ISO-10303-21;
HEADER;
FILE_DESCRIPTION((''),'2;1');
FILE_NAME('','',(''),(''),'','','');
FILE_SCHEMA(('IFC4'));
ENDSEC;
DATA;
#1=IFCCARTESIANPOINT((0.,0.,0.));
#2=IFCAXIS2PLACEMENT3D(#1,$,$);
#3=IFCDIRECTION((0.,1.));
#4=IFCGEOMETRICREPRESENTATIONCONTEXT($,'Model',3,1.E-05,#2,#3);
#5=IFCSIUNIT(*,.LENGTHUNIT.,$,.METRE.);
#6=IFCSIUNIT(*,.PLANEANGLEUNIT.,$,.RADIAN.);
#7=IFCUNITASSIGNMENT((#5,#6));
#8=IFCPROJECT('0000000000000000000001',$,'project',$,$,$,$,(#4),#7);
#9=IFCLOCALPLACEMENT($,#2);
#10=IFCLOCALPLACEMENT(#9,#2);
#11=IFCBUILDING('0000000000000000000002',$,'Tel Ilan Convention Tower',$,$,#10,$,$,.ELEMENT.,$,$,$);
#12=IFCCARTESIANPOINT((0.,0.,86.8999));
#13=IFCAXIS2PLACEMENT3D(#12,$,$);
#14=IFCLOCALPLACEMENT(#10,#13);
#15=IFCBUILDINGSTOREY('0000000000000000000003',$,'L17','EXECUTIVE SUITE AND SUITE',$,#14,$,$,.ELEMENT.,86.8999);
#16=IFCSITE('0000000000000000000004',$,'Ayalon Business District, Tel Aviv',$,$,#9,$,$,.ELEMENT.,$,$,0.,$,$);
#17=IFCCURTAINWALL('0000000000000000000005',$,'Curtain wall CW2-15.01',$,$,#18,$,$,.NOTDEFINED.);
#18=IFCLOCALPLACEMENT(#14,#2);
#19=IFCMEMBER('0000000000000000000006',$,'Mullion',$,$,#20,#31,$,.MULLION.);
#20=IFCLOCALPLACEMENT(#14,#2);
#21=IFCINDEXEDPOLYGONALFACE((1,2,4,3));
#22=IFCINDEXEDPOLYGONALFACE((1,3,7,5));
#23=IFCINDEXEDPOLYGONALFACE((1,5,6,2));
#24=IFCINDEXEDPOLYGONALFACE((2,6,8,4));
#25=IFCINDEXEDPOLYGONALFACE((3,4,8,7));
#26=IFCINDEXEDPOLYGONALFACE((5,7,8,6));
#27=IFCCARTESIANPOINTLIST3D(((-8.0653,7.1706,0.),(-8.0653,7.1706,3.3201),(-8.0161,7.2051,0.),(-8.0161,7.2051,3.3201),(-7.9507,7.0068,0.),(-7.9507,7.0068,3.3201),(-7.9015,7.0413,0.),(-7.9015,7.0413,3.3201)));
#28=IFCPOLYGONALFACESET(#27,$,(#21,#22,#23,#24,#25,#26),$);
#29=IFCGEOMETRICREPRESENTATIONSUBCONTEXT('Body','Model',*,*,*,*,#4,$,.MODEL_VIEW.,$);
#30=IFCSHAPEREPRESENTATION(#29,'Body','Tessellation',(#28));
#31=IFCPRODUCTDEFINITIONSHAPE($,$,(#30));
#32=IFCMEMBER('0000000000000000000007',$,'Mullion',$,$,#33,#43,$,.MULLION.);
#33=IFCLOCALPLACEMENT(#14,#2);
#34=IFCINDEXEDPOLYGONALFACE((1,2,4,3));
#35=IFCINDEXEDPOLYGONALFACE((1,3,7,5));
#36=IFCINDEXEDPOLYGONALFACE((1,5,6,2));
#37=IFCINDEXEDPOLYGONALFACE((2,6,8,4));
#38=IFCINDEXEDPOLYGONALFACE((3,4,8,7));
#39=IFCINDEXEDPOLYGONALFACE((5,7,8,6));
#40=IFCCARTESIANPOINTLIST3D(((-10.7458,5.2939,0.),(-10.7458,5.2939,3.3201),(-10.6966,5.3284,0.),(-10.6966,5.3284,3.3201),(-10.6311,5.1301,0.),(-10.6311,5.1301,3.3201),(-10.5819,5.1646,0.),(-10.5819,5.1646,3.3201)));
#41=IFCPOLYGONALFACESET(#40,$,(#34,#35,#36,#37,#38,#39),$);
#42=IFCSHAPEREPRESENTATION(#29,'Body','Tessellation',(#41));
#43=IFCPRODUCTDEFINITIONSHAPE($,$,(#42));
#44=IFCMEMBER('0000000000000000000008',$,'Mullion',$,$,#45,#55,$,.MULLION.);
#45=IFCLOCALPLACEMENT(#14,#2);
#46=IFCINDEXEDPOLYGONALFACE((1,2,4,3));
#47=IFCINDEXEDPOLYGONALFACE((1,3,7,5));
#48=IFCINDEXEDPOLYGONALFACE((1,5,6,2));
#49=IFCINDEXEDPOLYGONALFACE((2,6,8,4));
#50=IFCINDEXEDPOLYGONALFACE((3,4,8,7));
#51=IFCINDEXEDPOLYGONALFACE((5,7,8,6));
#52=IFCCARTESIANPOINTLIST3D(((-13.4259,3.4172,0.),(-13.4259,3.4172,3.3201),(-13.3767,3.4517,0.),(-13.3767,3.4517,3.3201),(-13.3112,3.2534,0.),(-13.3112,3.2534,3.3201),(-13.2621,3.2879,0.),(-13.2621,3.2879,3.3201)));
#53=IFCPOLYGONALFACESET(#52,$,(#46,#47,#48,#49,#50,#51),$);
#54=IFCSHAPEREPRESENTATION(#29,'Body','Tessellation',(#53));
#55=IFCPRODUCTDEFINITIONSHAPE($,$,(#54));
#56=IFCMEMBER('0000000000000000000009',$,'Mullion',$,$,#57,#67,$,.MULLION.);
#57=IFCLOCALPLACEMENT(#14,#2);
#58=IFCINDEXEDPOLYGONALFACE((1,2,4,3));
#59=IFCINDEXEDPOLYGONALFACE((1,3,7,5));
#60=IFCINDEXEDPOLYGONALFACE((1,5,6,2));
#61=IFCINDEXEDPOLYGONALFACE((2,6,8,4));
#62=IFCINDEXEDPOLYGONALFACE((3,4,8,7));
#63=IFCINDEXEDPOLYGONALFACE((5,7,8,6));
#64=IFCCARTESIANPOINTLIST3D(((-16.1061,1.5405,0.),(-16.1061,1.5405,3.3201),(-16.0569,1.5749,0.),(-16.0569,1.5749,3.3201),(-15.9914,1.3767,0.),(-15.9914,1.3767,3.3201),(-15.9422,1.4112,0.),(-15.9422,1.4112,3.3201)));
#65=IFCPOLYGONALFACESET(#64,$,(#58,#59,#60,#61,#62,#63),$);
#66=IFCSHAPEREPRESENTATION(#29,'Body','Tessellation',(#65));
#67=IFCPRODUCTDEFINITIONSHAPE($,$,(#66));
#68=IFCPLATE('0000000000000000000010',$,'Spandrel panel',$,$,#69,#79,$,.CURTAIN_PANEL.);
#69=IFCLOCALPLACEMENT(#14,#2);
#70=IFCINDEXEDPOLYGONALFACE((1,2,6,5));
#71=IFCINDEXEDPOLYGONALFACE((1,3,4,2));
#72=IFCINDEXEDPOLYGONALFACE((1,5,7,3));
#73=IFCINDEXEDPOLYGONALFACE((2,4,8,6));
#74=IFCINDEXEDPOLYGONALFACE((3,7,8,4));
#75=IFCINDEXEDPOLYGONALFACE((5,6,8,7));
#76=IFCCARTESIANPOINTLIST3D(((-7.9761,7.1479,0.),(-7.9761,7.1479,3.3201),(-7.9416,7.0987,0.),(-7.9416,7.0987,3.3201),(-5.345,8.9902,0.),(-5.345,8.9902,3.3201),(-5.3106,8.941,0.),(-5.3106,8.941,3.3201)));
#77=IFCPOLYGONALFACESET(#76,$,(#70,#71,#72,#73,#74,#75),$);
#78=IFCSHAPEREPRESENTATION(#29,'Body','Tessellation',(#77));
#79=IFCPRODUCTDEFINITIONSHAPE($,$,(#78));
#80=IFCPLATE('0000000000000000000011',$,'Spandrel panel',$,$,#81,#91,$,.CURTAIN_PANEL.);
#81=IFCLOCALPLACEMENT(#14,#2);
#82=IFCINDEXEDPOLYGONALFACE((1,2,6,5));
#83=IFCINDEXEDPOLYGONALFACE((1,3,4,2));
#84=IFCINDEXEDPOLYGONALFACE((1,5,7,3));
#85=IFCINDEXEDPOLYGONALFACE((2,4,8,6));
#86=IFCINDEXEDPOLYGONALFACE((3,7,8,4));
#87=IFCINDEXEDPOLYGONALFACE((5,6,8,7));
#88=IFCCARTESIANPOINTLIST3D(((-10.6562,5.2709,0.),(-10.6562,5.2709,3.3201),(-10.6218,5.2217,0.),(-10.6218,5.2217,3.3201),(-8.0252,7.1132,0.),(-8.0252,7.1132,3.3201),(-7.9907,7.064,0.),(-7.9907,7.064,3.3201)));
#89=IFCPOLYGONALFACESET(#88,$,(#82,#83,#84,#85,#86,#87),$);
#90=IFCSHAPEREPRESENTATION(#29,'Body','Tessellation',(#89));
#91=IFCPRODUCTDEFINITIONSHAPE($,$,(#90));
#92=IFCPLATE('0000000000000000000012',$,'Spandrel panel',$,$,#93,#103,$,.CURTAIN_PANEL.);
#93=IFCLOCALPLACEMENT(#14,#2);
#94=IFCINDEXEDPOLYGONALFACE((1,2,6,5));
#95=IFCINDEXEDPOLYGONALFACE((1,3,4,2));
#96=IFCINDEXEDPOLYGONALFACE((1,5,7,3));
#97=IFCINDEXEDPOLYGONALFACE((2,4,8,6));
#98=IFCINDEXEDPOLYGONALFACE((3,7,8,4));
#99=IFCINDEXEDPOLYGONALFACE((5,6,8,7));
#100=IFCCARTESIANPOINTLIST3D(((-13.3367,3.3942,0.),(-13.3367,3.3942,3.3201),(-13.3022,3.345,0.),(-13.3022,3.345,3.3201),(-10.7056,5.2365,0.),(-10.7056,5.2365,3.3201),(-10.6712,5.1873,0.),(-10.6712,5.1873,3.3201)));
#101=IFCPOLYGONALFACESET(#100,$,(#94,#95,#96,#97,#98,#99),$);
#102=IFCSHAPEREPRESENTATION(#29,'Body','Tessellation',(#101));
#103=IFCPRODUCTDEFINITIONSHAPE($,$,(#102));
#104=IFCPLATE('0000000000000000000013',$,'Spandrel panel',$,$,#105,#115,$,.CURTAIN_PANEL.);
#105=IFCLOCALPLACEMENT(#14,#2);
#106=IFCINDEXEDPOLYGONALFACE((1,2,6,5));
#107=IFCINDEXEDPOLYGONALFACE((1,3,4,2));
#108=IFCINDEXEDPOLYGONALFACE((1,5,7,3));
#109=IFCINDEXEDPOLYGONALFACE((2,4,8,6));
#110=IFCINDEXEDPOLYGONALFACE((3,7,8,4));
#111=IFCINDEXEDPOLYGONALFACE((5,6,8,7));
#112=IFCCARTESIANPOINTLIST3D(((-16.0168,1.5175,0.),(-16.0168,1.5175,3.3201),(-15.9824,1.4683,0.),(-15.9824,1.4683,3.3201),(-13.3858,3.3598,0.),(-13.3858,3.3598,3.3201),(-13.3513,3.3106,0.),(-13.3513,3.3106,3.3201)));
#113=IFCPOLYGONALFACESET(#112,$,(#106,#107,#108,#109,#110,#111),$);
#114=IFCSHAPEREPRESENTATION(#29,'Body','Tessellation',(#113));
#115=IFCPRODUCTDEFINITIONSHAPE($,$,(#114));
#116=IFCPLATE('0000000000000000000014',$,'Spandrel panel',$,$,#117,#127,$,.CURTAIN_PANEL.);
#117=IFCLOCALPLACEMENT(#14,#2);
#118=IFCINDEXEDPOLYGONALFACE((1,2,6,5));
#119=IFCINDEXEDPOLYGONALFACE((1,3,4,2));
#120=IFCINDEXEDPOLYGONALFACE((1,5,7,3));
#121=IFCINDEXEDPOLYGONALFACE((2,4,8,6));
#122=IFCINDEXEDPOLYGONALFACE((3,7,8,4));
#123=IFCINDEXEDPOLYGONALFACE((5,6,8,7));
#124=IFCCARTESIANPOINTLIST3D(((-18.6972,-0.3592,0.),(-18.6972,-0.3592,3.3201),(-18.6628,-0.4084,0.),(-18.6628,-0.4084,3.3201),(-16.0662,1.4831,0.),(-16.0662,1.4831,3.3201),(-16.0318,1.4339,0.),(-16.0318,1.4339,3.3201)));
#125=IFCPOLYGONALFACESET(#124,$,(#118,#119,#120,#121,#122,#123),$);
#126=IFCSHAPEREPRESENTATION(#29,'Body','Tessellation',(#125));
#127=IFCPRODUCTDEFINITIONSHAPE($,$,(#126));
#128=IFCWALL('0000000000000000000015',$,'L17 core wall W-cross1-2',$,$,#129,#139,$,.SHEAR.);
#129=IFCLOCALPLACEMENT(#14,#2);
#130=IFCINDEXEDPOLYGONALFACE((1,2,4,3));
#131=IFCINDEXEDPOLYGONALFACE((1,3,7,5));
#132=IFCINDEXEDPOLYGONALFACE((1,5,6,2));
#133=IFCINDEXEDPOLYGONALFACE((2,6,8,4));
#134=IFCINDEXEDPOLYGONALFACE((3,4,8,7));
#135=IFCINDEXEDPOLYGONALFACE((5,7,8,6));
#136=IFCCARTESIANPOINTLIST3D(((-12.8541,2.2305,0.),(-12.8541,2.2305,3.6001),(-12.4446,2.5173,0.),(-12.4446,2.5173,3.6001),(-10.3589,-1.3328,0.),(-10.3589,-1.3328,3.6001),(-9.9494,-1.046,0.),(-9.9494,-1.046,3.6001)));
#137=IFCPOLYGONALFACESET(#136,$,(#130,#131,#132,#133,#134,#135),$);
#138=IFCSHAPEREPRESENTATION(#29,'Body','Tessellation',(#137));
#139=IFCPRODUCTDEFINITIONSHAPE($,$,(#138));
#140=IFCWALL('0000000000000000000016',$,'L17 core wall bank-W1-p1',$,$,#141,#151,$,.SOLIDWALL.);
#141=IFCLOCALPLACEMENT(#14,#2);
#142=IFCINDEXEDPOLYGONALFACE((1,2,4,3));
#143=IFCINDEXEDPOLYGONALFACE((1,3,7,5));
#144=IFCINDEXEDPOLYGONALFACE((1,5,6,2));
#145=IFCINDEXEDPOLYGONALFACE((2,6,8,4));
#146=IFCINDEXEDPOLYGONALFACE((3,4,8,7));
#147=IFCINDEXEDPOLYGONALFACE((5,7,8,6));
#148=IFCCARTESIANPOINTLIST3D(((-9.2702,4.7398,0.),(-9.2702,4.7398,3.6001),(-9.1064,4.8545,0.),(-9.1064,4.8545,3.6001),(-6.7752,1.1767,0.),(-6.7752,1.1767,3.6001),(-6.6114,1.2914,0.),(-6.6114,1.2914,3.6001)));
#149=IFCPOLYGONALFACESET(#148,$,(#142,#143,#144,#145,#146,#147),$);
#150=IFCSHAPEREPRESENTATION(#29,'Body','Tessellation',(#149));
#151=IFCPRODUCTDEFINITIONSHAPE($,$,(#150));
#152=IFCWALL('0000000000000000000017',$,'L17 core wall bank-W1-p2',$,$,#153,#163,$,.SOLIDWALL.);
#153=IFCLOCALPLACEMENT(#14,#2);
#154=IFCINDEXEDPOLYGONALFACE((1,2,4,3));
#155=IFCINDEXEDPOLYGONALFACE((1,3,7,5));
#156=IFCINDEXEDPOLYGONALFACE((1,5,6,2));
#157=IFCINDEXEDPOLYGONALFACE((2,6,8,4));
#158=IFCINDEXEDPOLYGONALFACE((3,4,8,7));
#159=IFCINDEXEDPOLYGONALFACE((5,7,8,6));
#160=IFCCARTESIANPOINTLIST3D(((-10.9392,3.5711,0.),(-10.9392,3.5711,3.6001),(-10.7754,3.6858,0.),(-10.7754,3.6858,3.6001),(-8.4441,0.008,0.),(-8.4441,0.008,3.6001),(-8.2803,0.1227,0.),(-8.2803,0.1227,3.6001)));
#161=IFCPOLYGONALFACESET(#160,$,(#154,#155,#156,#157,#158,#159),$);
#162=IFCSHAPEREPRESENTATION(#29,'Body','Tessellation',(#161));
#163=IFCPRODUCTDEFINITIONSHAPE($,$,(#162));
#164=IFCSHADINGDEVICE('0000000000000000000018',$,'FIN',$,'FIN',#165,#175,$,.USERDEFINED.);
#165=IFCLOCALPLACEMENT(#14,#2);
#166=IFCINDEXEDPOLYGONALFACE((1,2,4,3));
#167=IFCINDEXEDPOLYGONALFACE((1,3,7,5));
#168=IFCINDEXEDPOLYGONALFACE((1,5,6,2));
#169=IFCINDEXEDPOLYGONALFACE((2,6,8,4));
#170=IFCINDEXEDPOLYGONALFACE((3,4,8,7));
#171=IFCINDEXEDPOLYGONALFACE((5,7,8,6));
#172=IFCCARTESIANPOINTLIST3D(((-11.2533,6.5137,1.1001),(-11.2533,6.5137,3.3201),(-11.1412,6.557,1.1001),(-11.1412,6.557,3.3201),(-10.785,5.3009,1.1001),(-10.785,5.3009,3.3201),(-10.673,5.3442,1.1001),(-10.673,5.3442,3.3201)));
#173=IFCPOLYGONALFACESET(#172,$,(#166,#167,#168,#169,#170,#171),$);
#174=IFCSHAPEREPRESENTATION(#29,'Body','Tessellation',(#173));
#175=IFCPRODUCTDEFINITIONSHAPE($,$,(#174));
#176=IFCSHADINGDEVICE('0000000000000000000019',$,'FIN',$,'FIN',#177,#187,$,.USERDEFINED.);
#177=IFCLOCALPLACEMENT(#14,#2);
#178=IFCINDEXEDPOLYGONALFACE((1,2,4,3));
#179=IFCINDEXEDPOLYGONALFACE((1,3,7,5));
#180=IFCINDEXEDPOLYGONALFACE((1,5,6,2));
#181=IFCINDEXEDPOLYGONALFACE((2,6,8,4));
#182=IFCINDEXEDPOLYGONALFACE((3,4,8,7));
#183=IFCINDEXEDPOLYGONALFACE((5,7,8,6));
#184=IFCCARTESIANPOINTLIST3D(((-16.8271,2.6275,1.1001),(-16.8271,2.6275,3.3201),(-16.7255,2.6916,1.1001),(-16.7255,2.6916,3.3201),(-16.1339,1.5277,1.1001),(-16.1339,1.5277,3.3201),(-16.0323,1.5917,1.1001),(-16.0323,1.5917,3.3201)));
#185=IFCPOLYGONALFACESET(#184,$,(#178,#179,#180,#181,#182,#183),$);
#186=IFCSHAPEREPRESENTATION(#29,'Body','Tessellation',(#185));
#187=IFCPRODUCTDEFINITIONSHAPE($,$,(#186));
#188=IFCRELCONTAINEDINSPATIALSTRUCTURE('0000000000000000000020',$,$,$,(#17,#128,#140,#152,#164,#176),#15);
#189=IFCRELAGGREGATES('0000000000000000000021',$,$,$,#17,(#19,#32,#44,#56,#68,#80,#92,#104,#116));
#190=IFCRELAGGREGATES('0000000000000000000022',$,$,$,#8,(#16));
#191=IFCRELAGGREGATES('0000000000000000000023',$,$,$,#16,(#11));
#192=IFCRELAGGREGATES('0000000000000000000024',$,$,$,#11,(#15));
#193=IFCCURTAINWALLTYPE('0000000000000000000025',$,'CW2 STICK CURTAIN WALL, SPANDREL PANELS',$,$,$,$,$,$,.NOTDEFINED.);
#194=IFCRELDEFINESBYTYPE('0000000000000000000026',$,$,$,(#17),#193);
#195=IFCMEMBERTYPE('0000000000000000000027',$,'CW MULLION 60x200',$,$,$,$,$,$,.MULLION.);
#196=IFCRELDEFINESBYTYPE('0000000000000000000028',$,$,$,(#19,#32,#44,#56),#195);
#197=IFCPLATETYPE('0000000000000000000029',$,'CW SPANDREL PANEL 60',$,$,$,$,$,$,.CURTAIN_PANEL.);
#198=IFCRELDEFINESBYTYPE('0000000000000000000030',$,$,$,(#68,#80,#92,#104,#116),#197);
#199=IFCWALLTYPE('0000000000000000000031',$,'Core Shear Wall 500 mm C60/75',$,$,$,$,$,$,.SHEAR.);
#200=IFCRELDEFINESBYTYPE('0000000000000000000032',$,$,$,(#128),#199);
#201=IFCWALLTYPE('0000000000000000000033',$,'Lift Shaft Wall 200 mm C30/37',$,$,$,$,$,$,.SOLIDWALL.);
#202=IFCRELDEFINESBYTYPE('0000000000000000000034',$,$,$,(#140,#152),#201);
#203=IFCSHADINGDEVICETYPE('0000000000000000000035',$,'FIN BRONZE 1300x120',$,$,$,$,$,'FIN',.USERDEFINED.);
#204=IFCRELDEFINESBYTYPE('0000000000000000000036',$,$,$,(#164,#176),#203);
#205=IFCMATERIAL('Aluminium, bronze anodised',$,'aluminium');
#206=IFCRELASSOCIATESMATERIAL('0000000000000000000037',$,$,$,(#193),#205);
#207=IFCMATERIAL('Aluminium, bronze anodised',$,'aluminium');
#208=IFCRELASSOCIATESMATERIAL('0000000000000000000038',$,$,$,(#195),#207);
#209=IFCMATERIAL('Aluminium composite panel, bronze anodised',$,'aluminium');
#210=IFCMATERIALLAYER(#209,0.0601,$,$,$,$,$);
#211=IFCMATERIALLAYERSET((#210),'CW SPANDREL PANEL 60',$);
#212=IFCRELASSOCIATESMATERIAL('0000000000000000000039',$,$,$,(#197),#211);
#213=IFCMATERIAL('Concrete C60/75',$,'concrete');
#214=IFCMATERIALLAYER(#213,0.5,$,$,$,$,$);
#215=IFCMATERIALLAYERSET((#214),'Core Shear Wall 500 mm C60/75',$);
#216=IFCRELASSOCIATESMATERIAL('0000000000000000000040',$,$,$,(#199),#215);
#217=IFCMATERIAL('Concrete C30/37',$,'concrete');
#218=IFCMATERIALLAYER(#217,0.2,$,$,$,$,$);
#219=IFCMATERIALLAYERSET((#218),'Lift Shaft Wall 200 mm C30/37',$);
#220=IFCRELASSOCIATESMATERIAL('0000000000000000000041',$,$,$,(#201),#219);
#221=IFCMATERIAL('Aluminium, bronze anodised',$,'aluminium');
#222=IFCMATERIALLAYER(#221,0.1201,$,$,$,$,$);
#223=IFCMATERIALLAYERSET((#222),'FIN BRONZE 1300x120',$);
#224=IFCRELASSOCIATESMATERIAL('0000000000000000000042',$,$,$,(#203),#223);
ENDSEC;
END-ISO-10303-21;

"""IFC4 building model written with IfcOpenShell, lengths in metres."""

from ifc_helpers import new_model, si_unit, direction, frame, frame_2d, origin, origin_2d, place, context, subcontext, project, spatial, polyline, rectangle, outline, extrude, material, layer, layer_set, material_profile, profile_set, type_object, element, aggregate, save


model = new_model("IFC4")

# Units and contexts
model_context = context("Model", 3, precision=1e-05, world=origin(), true_north=direction((0.0, 1.0)))
body_context = subcontext(model_context, "Body", "Model", "MODEL_VIEW")
ifc_project = project(units=[si_unit("LENGTHUNIT", "METRE"), si_unit("PLANEANGLEUNIT", "RADIAN")], contexts=[model_context])

# Site, building, storey
site_placement = place(None, origin())
site = spatial("IfcSite", under=ifc_project, at=site_placement, Name="Ayalon Business District, Tel Aviv", CompositionType="ELEMENT", RefElevation=0.0)
building_placement = place(site_placement, origin())
building = spatial("IfcBuilding", under=site, at=building_placement, Name="Tel Ilan Convention Tower", CompositionType="ELEMENT")
storey_placement = place(building_placement, frame((0.0, 0.0, 86.8999)))
storey = spatial("IfcBuildingStorey", under=building, at=storey_placement, Name="L17", Description="EXECUTIVE SUITE AND SUITE", CompositionType="ELEMENT", Elevation=86.8999)

# Curtain wall, members, plates
ifc_material_1 = material(Name="Aluminium, bronze anodised", Category="aluminium")
curtain_wall_type = type_object("IfcCurtainWallType", Name="CW2 STICK CURTAIN WALL, SPANDREL PANELS", PredefinedType="NOTDEFINED", material=ifc_material_1)
curtain_wall_placement = place(storey_placement, origin())
curtain_wall = element("IfcCurtainWall", 1, at=curtain_wall_placement, inside=storey, type_object=curtain_wall_type, Name="Curtain wall CW2-15.01", PredefinedType="NOTDEFINED")
ifc_material_2 = material(Name="Aluminium, bronze anodised", Category="aluminium")
ifc_material_profile = material_profile(ifc_material_2, rectangle(XDim=0.0601, YDim=0.2, at=origin_2d()), Name="CW MULLION 60x200")
ifc_profile_set = profile_set([ifc_material_profile], Name="Aluminium, bronze anodised")
member_type = type_object("IfcMemberType", Name="CW MULLION 60x200", PredefinedType="MULLION", material=ifc_profile_set)
member_1_placement = place(storey_placement, frame((-7.9834, 7.106, 0.0), z_axis=(0.0, 0.0, 1.0), x_axis=(-0.819152, -0.573576, 0.0)))
member_1 = element("IfcMember", 2, at=member_1_placement, type_object=member_type, Name="Mullion", PredefinedType="MULLION", context=body_context, shape_type="SweptSolid", body=[
    extrude(rectangle(XDim=0.0601, YDim=0.2, at=origin_2d()), origin(), (0.0, 0.0, 1.0), 3.3201),
])
member_2_placement = place(storey_placement, frame((-10.6638, 5.2292, 0.0), z_axis=(0.0, 0.0, 1.0), x_axis=(-0.819152, -0.573576, 0.0)))
member_2 = element("IfcMember", 3, at=member_2_placement, type_object=member_type, Name="Mullion", PredefinedType="MULLION", context=body_context, shape_type="SweptSolid", body=[
    extrude(rectangle(XDim=0.0601, YDim=0.2, at=origin_2d()), origin(), (0.0, 0.0, 1.0), 3.3201),
])
member_3_placement = place(storey_placement, frame((-13.344, 3.3525, 0.0), z_axis=(0.0, 0.0, 1.0), x_axis=(-0.819152, -0.573576, 0.0)))
member_3 = element("IfcMember", 4, at=member_3_placement, type_object=member_type, Name="Mullion", PredefinedType="MULLION", context=body_context, shape_type="SweptSolid", body=[
    extrude(rectangle(XDim=0.0601, YDim=0.2, at=origin_2d()), origin(), (0.0, 0.0, 1.0), 3.3201),
])
member_4_placement = place(storey_placement, frame((-16.0242, 1.4758, 0.0), z_axis=(0.0, 0.0, 1.0), x_axis=(-0.819152, -0.573576, 0.0)))
member_4 = element("IfcMember", 5, at=member_4_placement, type_object=member_type, Name="Mullion", PredefinedType="MULLION", context=body_context, shape_type="SweptSolid", body=[
    extrude(rectangle(XDim=0.0601, YDim=0.2, at=origin_2d()), origin(), (0.0, 0.0, 1.0), 3.3201),
])
ifc_material_3 = material(Name="Aluminium composite panel, bronze anodised", Category="aluminium")
ifc_layer_1 = layer(ifc_material_3, 0.0601)
ifc_layer_set_1 = layer_set([ifc_layer_1], Name="CW SPANDREL PANEL 60")
plate_type = type_object("IfcPlateType", Name="CW SPANDREL PANEL 60", PredefinedType="CURTAIN_PANEL", material=ifc_layer_set_1)
plate_1_placement = place(storey_placement, frame((-6.6433, 8.0444, 0.0), z_axis=(0.0, 0.0, 1.0), x_axis=(-0.819152, -0.573576, 0.0)))
plate_1 = element("IfcPlate", 6, at=plate_1_placement, type_object=plate_type, Name="Spandrel panel", PredefinedType="CURTAIN_PANEL", context=body_context, shape_type="SweptSolid", body=[
    extrude(rectangle(XDim=3.2119, YDim=0.0601, at=origin_2d()), origin(), (0.0, 0.0, 1.0), 3.3201),
])
plate_2_placement = place(storey_placement, frame((-9.3235, 6.1675, 0.0), z_axis=(0.0, 0.0, 1.0), x_axis=(-0.819152, -0.573576, 0.0)))
plate_2 = element("IfcPlate", 7, at=plate_2_placement, type_object=plate_type, Name="Spandrel panel", PredefinedType="CURTAIN_PANEL", context=body_context, shape_type="SweptSolid", body=[
    extrude(rectangle(XDim=3.2119, YDim=0.0601, at=origin_2d()), origin(), (0.0, 0.0, 1.0), 3.3201),
])
plate_3_placement = place(storey_placement, frame((-12.0039, 4.2908, 0.0), z_axis=(0.0, 0.0, 1.0), x_axis=(-0.819152, -0.573576, 0.0)))
plate_3 = element("IfcPlate", 8, at=plate_3_placement, type_object=plate_type, Name="Spandrel panel", PredefinedType="CURTAIN_PANEL", context=body_context, shape_type="SweptSolid", body=[
    extrude(rectangle(XDim=3.2119, YDim=0.0601, at=origin_2d()), origin(), (0.0, 0.0, 1.0), 3.3201),
])
plate_4_placement = place(storey_placement, frame((-14.6841, 2.4141, 0.0), z_axis=(0.0, 0.0, 1.0), x_axis=(-0.819152, -0.573576, 0.0)))
plate_4 = element("IfcPlate", 9, at=plate_4_placement, type_object=plate_type, Name="Spandrel panel", PredefinedType="CURTAIN_PANEL", context=body_context, shape_type="SweptSolid", body=[
    extrude(rectangle(XDim=3.2119, YDim=0.0601, at=origin_2d()), origin(), (0.0, 0.0, 1.0), 3.3201),
])
plate_5_placement = place(storey_placement, frame((-17.3645, 0.5374, 0.0), z_axis=(0.0, 0.0, 1.0), x_axis=(-0.819152, -0.573576, 0.0)))
plate_5 = element("IfcPlate", 10, at=plate_5_placement, type_object=plate_type, Name="Spandrel panel", PredefinedType="CURTAIN_PANEL", context=body_context, shape_type="SweptSolid", body=[
    extrude(rectangle(XDim=3.2119, YDim=0.0601, at=origin_2d()), origin(), (0.0, 0.0, 1.0), 3.3201),
])
aggregate(curtain_wall, [member_1, member_2, member_3, member_4, plate_1, plate_2, plate_3, plate_4, plate_5])

# Walls
ifc_material_4 = material(Name="Concrete C60/75", Category="concrete")
ifc_layer_2 = layer(ifc_material_4, 0.5)
ifc_layer_set_2 = layer_set([ifc_layer_2], Name="Core Shear Wall 500 mm C60/75")
wall_type_1 = type_object("IfcWallType", Name="Core Shear Wall 500 mm C60/75", PredefinedType="SHEAR", material=ifc_layer_set_2)
wall_placement = place(storey_placement, frame((-10.1543, -1.1892, 0.0), z_axis=(0.0, 0.0, 1.0), x_axis=(-0.573594, 0.81914, 0.0)))
element("IfcWall", 11, at=wall_placement, inside=storey, type_object=wall_type_1, Name="L17 core wall W-cross1-2", PredefinedType="SHEAR", context=body_context, shape_type="SweptSolid", body=[
    extrude(outline(polyline([(4.3499, -0.25), (4.3499, 0.25), (-0.0002, 0.25), (-0.0002, -0.25), (4.3499, -0.25)])), origin(), (0.0, 0.0, 1.0), 3.6001),
])
ifc_material_5 = material(Name="Concrete C30/37", Category="concrete")
ifc_layer_3 = layer(ifc_material_5, 0.2)
ifc_layer_set_3 = layer_set([ifc_layer_3], Name="Lift Shaft Wall 200 mm C30/37")
wall_type_2 = type_object("IfcWallType", Name="Lift Shaft Wall 200 mm C30/37", PredefinedType="SOLIDWALL", material=ifc_layer_set_3)
for number, where, z_axis, x_axis, name in (
    (12, (-6.6934, 1.2341, 0.0), (0.0, 0.0, 1.0), (-0.573594, 0.81914, 0.0), "L17 core wall bank-W1-p1"),
    (13, (-8.3623, 0.0654, 0.0), (0.0, 0.0, 1.0), (-0.573594, 0.81914, 0.0), "L17 core wall bank-W1-p2"),
):
    element("IfcWall", number, at=place(storey_placement, frame(where, z_axis=z_axis, x_axis=x_axis)), inside=storey, type_object=wall_type_2, Name=name, PredefinedType="SOLIDWALL", context=body_context, shape_type="SweptSolid", body=[
        extrude(rectangle(XDim=4.3499, YDim=0.2, at=frame_2d((2.1748, 0.0))), origin(), (0.0, 0.0, 1.0), 3.6001),
    ])

# Shading devices
ifc_material_6 = material(Name="Aluminium, bronze anodised", Category="aluminium")
ifc_layer_4 = layer(ifc_material_6, 0.1201)
ifc_layer_set_4 = layer_set([ifc_layer_4], Name="FIN BRONZE 1300x120")
shading_device_type = type_object("IfcShadingDeviceType", Name="FIN BRONZE 1300x120", ElementType="FIN", PredefinedType="USERDEFINED", material=ifc_layer_set_4)
for number, where, z_axis, x_axis, name in (
    (14, (-10.9631, 5.929, 1.1001), (0.0, 0.0, 1.0), (-0.360178, 0.932884, 0.0), "FIN"),
    (15, (-16.4297, 2.1096, 1.1001), (0.0, 0.0, 1.0), (-0.533204, 0.845986, 0.0), "FIN"),
):
    element("IfcShadingDevice", number, at=place(storey_placement, frame(where, z_axis=z_axis, x_axis=x_axis)), inside=storey, type_object=shading_device_type, Name=name, ObjectType="FIN", PredefinedType="USERDEFINED", context=body_context, shape_type="SweptSolid", body=[
        extrude(rectangle(XDim=1.3, YDim=0.1201, at=origin_2d()), origin(), (0.0, 0.0, 1.0), 2.22),
    ])

save(model, "model.ifc")
